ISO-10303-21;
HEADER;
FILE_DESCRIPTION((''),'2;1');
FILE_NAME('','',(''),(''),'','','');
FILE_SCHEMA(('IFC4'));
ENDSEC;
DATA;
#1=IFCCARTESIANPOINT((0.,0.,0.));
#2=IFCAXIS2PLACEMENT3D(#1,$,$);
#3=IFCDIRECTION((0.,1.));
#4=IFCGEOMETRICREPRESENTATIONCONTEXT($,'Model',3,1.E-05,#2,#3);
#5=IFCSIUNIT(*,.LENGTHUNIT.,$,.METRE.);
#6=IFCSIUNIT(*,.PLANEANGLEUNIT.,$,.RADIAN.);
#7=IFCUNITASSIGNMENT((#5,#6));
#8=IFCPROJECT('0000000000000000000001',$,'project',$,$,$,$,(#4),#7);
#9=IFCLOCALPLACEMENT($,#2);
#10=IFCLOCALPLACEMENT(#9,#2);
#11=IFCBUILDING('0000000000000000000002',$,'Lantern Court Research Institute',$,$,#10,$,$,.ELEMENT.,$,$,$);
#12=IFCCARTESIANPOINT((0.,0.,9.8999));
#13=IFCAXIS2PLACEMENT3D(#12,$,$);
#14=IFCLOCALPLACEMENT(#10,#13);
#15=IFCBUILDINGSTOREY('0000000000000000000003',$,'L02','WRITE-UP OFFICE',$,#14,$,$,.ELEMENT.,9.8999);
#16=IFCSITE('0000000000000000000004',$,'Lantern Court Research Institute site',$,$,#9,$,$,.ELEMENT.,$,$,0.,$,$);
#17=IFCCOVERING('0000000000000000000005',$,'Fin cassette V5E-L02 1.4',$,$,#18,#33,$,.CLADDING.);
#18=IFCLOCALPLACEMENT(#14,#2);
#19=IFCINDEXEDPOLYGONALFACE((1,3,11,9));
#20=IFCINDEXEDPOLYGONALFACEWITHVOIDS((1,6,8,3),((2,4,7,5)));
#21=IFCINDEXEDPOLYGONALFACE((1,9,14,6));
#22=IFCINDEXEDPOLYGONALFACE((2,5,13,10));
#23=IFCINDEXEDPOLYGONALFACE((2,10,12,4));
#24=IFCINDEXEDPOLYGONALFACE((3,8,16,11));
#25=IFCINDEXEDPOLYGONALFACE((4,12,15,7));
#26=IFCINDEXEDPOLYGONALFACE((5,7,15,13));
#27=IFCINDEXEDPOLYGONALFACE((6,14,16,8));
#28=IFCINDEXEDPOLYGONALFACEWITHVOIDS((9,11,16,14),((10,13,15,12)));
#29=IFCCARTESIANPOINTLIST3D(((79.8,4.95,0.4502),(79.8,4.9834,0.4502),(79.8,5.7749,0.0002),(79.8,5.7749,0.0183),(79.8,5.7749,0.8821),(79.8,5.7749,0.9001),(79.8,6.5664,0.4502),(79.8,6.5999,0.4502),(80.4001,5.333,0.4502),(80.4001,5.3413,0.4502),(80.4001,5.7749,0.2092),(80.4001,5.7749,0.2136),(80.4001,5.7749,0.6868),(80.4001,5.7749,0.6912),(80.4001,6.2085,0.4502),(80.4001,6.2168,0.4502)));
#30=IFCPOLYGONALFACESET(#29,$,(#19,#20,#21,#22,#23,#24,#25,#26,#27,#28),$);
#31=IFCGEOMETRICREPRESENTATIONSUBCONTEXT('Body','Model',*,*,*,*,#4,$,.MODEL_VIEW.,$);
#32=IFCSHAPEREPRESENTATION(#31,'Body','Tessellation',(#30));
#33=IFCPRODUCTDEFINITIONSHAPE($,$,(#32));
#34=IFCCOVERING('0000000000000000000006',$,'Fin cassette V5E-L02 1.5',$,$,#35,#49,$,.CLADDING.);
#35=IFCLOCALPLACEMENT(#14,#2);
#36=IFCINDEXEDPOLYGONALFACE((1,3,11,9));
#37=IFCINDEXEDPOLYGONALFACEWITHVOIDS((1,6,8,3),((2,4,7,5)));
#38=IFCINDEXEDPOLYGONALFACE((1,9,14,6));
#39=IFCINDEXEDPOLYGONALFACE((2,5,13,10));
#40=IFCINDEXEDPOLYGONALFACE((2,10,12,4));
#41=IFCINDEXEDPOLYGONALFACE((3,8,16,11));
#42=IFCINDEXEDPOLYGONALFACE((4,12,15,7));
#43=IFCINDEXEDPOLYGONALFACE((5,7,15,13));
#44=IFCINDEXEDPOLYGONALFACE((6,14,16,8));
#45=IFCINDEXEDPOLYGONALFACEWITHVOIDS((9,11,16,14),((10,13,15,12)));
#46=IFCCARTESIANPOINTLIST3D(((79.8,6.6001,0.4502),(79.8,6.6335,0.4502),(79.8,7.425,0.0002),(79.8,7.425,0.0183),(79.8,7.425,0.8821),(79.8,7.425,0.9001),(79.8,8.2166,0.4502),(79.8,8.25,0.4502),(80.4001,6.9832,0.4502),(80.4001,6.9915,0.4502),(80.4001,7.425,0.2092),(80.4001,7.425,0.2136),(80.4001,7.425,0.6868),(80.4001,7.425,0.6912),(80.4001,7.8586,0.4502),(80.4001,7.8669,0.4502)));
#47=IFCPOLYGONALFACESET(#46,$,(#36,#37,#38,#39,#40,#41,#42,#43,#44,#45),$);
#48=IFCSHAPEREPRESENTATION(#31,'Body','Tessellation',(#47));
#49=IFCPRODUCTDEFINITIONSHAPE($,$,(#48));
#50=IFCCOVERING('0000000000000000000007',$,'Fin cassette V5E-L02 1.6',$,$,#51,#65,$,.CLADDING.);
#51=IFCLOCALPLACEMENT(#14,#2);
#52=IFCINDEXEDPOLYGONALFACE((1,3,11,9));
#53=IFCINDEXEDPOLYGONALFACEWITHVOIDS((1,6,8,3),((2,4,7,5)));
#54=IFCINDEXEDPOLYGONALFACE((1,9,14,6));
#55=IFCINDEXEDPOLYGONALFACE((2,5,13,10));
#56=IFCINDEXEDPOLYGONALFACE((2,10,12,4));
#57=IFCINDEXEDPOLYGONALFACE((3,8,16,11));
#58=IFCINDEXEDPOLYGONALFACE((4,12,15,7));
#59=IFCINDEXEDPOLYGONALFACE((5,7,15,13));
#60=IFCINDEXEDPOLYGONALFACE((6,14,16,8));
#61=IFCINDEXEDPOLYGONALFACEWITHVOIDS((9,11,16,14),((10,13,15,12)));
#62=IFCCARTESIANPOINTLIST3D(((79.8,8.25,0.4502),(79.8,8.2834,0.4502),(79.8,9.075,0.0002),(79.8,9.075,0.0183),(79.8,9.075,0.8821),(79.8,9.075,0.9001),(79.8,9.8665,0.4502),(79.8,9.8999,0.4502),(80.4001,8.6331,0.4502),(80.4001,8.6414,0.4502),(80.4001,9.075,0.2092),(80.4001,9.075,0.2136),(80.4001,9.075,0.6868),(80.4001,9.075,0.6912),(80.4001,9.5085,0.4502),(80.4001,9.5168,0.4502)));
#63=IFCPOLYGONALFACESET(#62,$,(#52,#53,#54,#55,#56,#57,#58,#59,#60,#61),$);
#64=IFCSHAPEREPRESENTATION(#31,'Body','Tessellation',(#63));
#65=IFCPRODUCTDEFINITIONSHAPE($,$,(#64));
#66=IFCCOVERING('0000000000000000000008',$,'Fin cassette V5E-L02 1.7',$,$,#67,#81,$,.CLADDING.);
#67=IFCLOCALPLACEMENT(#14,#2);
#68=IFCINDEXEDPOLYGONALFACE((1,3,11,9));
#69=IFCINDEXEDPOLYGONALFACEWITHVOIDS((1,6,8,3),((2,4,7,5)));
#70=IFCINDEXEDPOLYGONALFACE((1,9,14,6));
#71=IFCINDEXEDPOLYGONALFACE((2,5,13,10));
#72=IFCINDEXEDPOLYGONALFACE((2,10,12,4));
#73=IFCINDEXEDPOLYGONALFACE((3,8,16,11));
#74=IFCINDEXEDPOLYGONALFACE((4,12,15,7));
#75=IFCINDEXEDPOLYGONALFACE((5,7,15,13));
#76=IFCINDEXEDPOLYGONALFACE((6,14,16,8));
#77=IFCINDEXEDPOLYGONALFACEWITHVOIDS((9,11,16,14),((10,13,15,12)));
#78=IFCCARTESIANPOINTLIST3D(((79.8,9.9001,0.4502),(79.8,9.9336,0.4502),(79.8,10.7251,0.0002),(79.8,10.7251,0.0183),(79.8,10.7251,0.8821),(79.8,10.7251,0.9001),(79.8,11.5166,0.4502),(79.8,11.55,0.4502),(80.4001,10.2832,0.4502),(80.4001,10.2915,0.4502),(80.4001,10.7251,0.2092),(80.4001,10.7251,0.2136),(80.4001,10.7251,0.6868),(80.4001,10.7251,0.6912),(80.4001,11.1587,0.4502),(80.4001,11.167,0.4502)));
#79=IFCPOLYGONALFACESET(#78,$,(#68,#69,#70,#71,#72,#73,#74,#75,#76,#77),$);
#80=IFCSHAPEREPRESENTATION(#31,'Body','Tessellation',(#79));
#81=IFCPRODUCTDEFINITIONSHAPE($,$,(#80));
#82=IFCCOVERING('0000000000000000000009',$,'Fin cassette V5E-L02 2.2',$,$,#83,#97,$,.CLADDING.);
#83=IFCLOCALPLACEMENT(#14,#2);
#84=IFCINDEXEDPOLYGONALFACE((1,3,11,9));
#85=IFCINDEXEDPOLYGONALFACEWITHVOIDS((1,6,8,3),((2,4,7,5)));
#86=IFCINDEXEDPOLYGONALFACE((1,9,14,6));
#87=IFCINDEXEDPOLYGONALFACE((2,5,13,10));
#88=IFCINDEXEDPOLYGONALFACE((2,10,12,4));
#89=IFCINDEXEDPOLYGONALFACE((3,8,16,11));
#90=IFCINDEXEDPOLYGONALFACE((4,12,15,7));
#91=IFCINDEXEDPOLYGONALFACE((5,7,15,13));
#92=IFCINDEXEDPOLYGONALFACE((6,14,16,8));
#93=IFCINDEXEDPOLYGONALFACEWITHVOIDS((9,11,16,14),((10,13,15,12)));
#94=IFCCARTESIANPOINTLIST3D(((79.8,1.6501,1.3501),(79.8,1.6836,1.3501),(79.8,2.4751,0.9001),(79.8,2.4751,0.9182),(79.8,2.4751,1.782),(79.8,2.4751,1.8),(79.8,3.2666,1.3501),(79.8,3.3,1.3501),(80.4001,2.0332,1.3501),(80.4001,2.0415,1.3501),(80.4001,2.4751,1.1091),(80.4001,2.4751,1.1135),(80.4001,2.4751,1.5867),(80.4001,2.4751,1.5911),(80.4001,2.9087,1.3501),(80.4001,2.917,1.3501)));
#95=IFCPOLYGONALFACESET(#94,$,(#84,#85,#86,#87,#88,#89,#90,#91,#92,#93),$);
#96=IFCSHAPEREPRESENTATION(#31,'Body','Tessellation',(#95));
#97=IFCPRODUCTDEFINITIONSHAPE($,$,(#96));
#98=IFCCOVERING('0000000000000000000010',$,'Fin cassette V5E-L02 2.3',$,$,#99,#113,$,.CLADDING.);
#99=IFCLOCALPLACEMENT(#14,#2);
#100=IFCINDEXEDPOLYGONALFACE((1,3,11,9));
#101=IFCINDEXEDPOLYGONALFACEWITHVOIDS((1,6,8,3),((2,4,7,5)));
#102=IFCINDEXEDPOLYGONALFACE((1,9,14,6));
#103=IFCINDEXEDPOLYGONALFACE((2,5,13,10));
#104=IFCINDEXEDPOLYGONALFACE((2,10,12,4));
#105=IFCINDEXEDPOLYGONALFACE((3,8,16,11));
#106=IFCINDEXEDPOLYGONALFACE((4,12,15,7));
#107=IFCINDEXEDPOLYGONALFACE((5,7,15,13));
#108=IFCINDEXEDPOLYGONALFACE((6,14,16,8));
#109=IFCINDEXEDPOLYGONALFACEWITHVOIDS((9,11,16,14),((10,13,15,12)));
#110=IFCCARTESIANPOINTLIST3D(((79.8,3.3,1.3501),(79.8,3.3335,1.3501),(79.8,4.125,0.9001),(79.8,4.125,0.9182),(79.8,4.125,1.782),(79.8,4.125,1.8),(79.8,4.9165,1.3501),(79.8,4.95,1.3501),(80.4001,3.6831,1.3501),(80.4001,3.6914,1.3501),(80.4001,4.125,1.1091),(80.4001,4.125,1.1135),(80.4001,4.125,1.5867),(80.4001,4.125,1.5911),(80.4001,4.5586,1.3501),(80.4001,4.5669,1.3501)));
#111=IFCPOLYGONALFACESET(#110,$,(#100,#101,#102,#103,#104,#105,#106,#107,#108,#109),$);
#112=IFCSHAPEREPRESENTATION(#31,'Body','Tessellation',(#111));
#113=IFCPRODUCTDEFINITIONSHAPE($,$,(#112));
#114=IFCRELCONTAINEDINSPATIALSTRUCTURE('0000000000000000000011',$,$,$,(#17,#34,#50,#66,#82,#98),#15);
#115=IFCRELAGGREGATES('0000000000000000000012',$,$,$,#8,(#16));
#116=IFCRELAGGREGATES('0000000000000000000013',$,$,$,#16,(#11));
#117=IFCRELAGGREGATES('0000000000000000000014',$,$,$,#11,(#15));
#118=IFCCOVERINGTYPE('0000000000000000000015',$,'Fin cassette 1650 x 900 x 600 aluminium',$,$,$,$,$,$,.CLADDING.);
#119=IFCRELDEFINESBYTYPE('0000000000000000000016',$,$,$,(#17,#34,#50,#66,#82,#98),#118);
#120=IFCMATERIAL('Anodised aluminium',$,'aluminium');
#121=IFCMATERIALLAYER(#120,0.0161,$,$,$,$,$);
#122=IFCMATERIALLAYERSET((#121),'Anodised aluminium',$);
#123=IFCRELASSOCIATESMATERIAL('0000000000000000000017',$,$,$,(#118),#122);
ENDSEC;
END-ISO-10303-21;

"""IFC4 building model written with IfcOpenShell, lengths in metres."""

from ifc_helpers import new_model, entity, si_unit, direction, frame, origin, place, context, subcontext, project, spatial, material, layer, layer_set, type_object, element, save


model = new_model("IFC4")

# Units and contexts
model_context = context("Model", 3, precision=1e-05, world=origin(), true_north=direction((0.0, 1.0)))
body_context = subcontext(model_context, "Body", "Model", "MODEL_VIEW")
ifc_project = project(units=[si_unit("LENGTHUNIT", "METRE"), si_unit("PLANEANGLEUNIT", "RADIAN")], contexts=[model_context])

# Site, building, storey
site_placement = place(None, origin())
site = spatial("IfcSite", under=ifc_project, at=site_placement, Name="Lantern Court Research Institute site", CompositionType="ELEMENT", RefElevation=0.0)
building_placement = place(site_placement, origin())
building = spatial("IfcBuilding", under=site, at=building_placement, Name="Lantern Court Research Institute", CompositionType="ELEMENT")
storey_placement = place(building_placement, frame((0.0, 0.0, 9.8999)))
storey = spatial("IfcBuildingStorey", under=building, at=storey_placement, Name="L02", Description="WRITE-UP OFFICE", CompositionType="ELEMENT", Elevation=9.8999)

# Coverings
ifc_material_1 = material(Name="Anodised aluminium", Category="aluminium")
ifc_layer_1 = layer(ifc_material_1, 0.0161)
ifc_layer_set_1 = layer_set([ifc_layer_1], Name="Anodised aluminium")
covering_type = type_object("IfcCoveringType", Name="Fin cassette 1650 x 900 x 600 aluminium", PredefinedType="CLADDING", material=ifc_layer_set_1)
covering_1_placement = place(storey_placement, frame((79.8, 5.7749, 0.4502), z_axis=(1.0, 0.0, 0.0), x_axis=(0.0, 1.0, 0.0)))
cartesian_point_1 = entity("IfcCartesianPoint", [0.825, 0.0])
cartesian_point_2 = entity("IfcCartesianPoint", [0.7915, 0.0])
cartesian_point_3 = entity("IfcCartesianPoint", [0.4419, 0.0])
cartesian_point_4 = entity("IfcCartesianPoint", [0.4336, 0.0])
element("IfcCovering", 1, at=covering_1_placement, inside=storey, type_object=covering_type, Name="Fin cassette V5E-L02 1.4", PredefinedType="CLADDING", context=body_context, shape_type="SweptSolid", body=[
    entity("IfcExtrudedAreaSolidTapered", entity("IfcArbitraryProfileDefWithVoids", "AREA", None, entity("IfcPolyline", [cartesian_point_1, entity("IfcCartesianPoint", [0.0, 0.45]), entity("IfcCartesianPoint", [-0.825, 0.0]), entity("IfcCartesianPoint", [0.0, -0.45]), cartesian_point_1]), [entity("IfcPolyline", [cartesian_point_2, entity("IfcCartesianPoint", [0.0, 0.4319]), entity("IfcCartesianPoint", [-0.7915, 0.0]), entity("IfcCartesianPoint", [0.0, -0.4319]), cartesian_point_2])]), entity("IfcAxis2Placement3D", entity("IfcCartesianPoint", [0.0, 0.0, 0.0])), entity("IfcDirection", [0.0, 0.0, 1.0]), 0.6001, entity("IfcArbitraryProfileDefWithVoids", "AREA", None, entity("IfcPolyline", [cartesian_point_3, entity("IfcCartesianPoint", [0.0, 0.241]), entity("IfcCartesianPoint", [-0.4419, 0.0]), entity("IfcCartesianPoint", [0.0, -0.241]), cartesian_point_3]), [entity("IfcPolyline", [cartesian_point_4, entity("IfcCartesianPoint", [0.0, 0.2366]), entity("IfcCartesianPoint", [-0.4336, 0.0]), entity("IfcCartesianPoint", [0.0, -0.2366]), cartesian_point_4])])),
])
covering_2_placement = place(storey_placement, frame((79.8, 7.425, 0.4502), z_axis=(1.0, 0.0, 0.0), x_axis=(0.0, 1.0, 0.0)))
cartesian_point_5 = entity("IfcCartesianPoint", [0.825, 0.0])
cartesian_point_6 = entity("IfcCartesianPoint", [0.7915, 0.0])
cartesian_point_7 = entity("IfcCartesianPoint", [0.4419, 0.0])
cartesian_point_8 = entity("IfcCartesianPoint", [0.4336, 0.0])
element("IfcCovering", 2, at=covering_2_placement, inside=storey, type_object=covering_type, Name="Fin cassette V5E-L02 1.5", PredefinedType="CLADDING", context=body_context, shape_type="SweptSolid", body=[
    entity("IfcExtrudedAreaSolidTapered", entity("IfcArbitraryProfileDefWithVoids", "AREA", None, entity("IfcPolyline", [cartesian_point_5, entity("IfcCartesianPoint", [0.0, 0.45]), entity("IfcCartesianPoint", [-0.825, 0.0]), entity("IfcCartesianPoint", [0.0, -0.45]), cartesian_point_5]), [entity("IfcPolyline", [cartesian_point_6, entity("IfcCartesianPoint", [0.0, 0.4319]), entity("IfcCartesianPoint", [-0.7915, 0.0]), entity("IfcCartesianPoint", [0.0, -0.4319]), cartesian_point_6])]), entity("IfcAxis2Placement3D", entity("IfcCartesianPoint", [0.0, 0.0, 0.0])), entity("IfcDirection", [0.0, 0.0, 1.0]), 0.6001, entity("IfcArbitraryProfileDefWithVoids", "AREA", None, entity("IfcPolyline", [cartesian_point_7, entity("IfcCartesianPoint", [0.0, 0.241]), entity("IfcCartesianPoint", [-0.4419, 0.0]), entity("IfcCartesianPoint", [0.0, -0.241]), cartesian_point_7]), [entity("IfcPolyline", [cartesian_point_8, entity("IfcCartesianPoint", [0.0, 0.2366]), entity("IfcCartesianPoint", [-0.4336, 0.0]), entity("IfcCartesianPoint", [0.0, -0.2366]), cartesian_point_8])])),
])
covering_3_placement = place(storey_placement, frame((79.8, 9.075, 0.4502), z_axis=(1.0, 0.0, 0.0), x_axis=(0.0, 1.0, 0.0)))
cartesian_point_9 = entity("IfcCartesianPoint", [0.825, 0.0])
cartesian_point_10 = entity("IfcCartesianPoint", [0.7915, 0.0])
cartesian_point_11 = entity("IfcCartesianPoint", [0.4419, 0.0])
cartesian_point_12 = entity("IfcCartesianPoint", [0.4336, 0.0])
element("IfcCovering", 3, at=covering_3_placement, inside=storey, type_object=covering_type, Name="Fin cassette V5E-L02 1.6", PredefinedType="CLADDING", context=body_context, shape_type="SweptSolid", body=[
    entity("IfcExtrudedAreaSolidTapered", entity("IfcArbitraryProfileDefWithVoids", "AREA", None, entity("IfcPolyline", [cartesian_point_9, entity("IfcCartesianPoint", [0.0, 0.45]), entity("IfcCartesianPoint", [-0.825, 0.0]), entity("IfcCartesianPoint", [0.0, -0.45]), cartesian_point_9]), [entity("IfcPolyline", [cartesian_point_10, entity("IfcCartesianPoint", [0.0, 0.4319]), entity("IfcCartesianPoint", [-0.7915, 0.0]), entity("IfcCartesianPoint", [0.0, -0.4319]), cartesian_point_10])]), entity("IfcAxis2Placement3D", entity("IfcCartesianPoint", [0.0, 0.0, 0.0])), entity("IfcDirection", [0.0, 0.0, 1.0]), 0.6001, entity("IfcArbitraryProfileDefWithVoids", "AREA", None, entity("IfcPolyline", [cartesian_point_11, entity("IfcCartesianPoint", [0.0, 0.241]), entity("IfcCartesianPoint", [-0.4419, 0.0]), entity("IfcCartesianPoint", [0.0, -0.241]), cartesian_point_11]), [entity("IfcPolyline", [cartesian_point_12, entity("IfcCartesianPoint", [0.0, 0.2366]), entity("IfcCartesianPoint", [-0.4336, 0.0]), entity("IfcCartesianPoint", [0.0, -0.2366]), cartesian_point_12])])),
])
covering_4_placement = place(storey_placement, frame((79.8, 10.7251, 0.4502), z_axis=(1.0, 0.0, 0.0), x_axis=(0.0, 1.0, 0.0)))
cartesian_point_13 = entity("IfcCartesianPoint", [0.825, 0.0])
cartesian_point_14 = entity("IfcCartesianPoint", [0.7915, 0.0])
cartesian_point_15 = entity("IfcCartesianPoint", [0.4419, 0.0])
cartesian_point_16 = entity("IfcCartesianPoint", [0.4336, 0.0])
element("IfcCovering", 4, at=covering_4_placement, inside=storey, type_object=covering_type, Name="Fin cassette V5E-L02 1.7", PredefinedType="CLADDING", context=body_context, shape_type="SweptSolid", body=[
    entity("IfcExtrudedAreaSolidTapered", entity("IfcArbitraryProfileDefWithVoids", "AREA", None, entity("IfcPolyline", [cartesian_point_13, entity("IfcCartesianPoint", [0.0, 0.45]), entity("IfcCartesianPoint", [-0.825, 0.0]), entity("IfcCartesianPoint", [0.0, -0.45]), cartesian_point_13]), [entity("IfcPolyline", [cartesian_point_14, entity("IfcCartesianPoint", [0.0, 0.4319]), entity("IfcCartesianPoint", [-0.7915, 0.0]), entity("IfcCartesianPoint", [0.0, -0.4319]), cartesian_point_14])]), entity("IfcAxis2Placement3D", entity("IfcCartesianPoint", [0.0, 0.0, 0.0])), entity("IfcDirection", [0.0, 0.0, 1.0]), 0.6001, entity("IfcArbitraryProfileDefWithVoids", "AREA", None, entity("IfcPolyline", [cartesian_point_15, entity("IfcCartesianPoint", [0.0, 0.241]), entity("IfcCartesianPoint", [-0.4419, 0.0]), entity("IfcCartesianPoint", [0.0, -0.241]), cartesian_point_15]), [entity("IfcPolyline", [cartesian_point_16, entity("IfcCartesianPoint", [0.0, 0.2366]), entity("IfcCartesianPoint", [-0.4336, 0.0]), entity("IfcCartesianPoint", [0.0, -0.2366]), cartesian_point_16])])),
])
covering_5_placement = place(storey_placement, frame((79.8, 2.4751, 1.3501), z_axis=(1.0, 0.0, 0.0), x_axis=(0.0, 1.0, 0.0)))
cartesian_point_17 = entity("IfcCartesianPoint", [0.825, 0.0])
cartesian_point_18 = entity("IfcCartesianPoint", [0.7915, 0.0])
cartesian_point_19 = entity("IfcCartesianPoint", [0.4419, 0.0])
cartesian_point_20 = entity("IfcCartesianPoint", [0.4336, 0.0])
element("IfcCovering", 5, at=covering_5_placement, inside=storey, type_object=covering_type, Name="Fin cassette V5E-L02 2.2", PredefinedType="CLADDING", context=body_context, shape_type="SweptSolid", body=[
    entity("IfcExtrudedAreaSolidTapered", entity("IfcArbitraryProfileDefWithVoids", "AREA", None, entity("IfcPolyline", [cartesian_point_17, entity("IfcCartesianPoint", [0.0, 0.45]), entity("IfcCartesianPoint", [-0.825, 0.0]), entity("IfcCartesianPoint", [0.0, -0.45]), cartesian_point_17]), [entity("IfcPolyline", [cartesian_point_18, entity("IfcCartesianPoint", [0.0, 0.4319]), entity("IfcCartesianPoint", [-0.7915, 0.0]), entity("IfcCartesianPoint", [0.0, -0.4319]), cartesian_point_18])]), entity("IfcAxis2Placement3D", entity("IfcCartesianPoint", [0.0, 0.0, 0.0])), entity("IfcDirection", [0.0, 0.0, 1.0]), 0.6001, entity("IfcArbitraryProfileDefWithVoids", "AREA", None, entity("IfcPolyline", [cartesian_point_19, entity("IfcCartesianPoint", [0.0, 0.241]), entity("IfcCartesianPoint", [-0.4419, 0.0]), entity("IfcCartesianPoint", [0.0, -0.241]), cartesian_point_19]), [entity("IfcPolyline", [cartesian_point_20, entity("IfcCartesianPoint", [0.0, 0.2366]), entity("IfcCartesianPoint", [-0.4336, 0.0]), entity("IfcCartesianPoint", [0.0, -0.2366]), cartesian_point_20])])),
])
covering_6_placement = place(storey_placement, frame((79.8, 4.125, 1.3501), z_axis=(1.0, 0.0, 0.0), x_axis=(0.0, 1.0, 0.0)))
cartesian_point_21 = entity("IfcCartesianPoint", [0.825, 0.0])
cartesian_point_22 = entity("IfcCartesianPoint", [0.7915, 0.0])
cartesian_point_23 = entity("IfcCartesianPoint", [0.4419, 0.0])
cartesian_point_24 = entity("IfcCartesianPoint", [0.4336, 0.0])
element("IfcCovering", 6, at=covering_6_placement, inside=storey, type_object=covering_type, Name="Fin cassette V5E-L02 2.3", PredefinedType="CLADDING", context=body_context, shape_type="SweptSolid", body=[
    entity("IfcExtrudedAreaSolidTapered", entity("IfcArbitraryProfileDefWithVoids", "AREA", None, entity("IfcPolyline", [cartesian_point_21, entity("IfcCartesianPoint", [0.0, 0.45]), entity("IfcCartesianPoint", [-0.825, 0.0]), entity("IfcCartesianPoint", [0.0, -0.45]), cartesian_point_21]), [entity("IfcPolyline", [cartesian_point_22, entity("IfcCartesianPoint", [0.0, 0.4319]), entity("IfcCartesianPoint", [-0.7915, 0.0]), entity("IfcCartesianPoint", [0.0, -0.4319]), cartesian_point_22])]), entity("IfcAxis2Placement3D", entity("IfcCartesianPoint", [0.0, 0.0, 0.0])), entity("IfcDirection", [0.0, 0.0, 1.0]), 0.6001, entity("IfcArbitraryProfileDefWithVoids", "AREA", None, entity("IfcPolyline", [cartesian_point_23, entity("IfcCartesianPoint", [0.0, 0.241]), entity("IfcCartesianPoint", [-0.4419, 0.0]), entity("IfcCartesianPoint", [0.0, -0.241]), cartesian_point_23]), [entity("IfcPolyline", [cartesian_point_24, entity("IfcCartesianPoint", [0.0, 0.2366]), entity("IfcCartesianPoint", [-0.4336, 0.0]), entity("IfcCartesianPoint", [0.0, -0.2366]), cartesian_point_24])])),
])

save(model, "model.ifc")
